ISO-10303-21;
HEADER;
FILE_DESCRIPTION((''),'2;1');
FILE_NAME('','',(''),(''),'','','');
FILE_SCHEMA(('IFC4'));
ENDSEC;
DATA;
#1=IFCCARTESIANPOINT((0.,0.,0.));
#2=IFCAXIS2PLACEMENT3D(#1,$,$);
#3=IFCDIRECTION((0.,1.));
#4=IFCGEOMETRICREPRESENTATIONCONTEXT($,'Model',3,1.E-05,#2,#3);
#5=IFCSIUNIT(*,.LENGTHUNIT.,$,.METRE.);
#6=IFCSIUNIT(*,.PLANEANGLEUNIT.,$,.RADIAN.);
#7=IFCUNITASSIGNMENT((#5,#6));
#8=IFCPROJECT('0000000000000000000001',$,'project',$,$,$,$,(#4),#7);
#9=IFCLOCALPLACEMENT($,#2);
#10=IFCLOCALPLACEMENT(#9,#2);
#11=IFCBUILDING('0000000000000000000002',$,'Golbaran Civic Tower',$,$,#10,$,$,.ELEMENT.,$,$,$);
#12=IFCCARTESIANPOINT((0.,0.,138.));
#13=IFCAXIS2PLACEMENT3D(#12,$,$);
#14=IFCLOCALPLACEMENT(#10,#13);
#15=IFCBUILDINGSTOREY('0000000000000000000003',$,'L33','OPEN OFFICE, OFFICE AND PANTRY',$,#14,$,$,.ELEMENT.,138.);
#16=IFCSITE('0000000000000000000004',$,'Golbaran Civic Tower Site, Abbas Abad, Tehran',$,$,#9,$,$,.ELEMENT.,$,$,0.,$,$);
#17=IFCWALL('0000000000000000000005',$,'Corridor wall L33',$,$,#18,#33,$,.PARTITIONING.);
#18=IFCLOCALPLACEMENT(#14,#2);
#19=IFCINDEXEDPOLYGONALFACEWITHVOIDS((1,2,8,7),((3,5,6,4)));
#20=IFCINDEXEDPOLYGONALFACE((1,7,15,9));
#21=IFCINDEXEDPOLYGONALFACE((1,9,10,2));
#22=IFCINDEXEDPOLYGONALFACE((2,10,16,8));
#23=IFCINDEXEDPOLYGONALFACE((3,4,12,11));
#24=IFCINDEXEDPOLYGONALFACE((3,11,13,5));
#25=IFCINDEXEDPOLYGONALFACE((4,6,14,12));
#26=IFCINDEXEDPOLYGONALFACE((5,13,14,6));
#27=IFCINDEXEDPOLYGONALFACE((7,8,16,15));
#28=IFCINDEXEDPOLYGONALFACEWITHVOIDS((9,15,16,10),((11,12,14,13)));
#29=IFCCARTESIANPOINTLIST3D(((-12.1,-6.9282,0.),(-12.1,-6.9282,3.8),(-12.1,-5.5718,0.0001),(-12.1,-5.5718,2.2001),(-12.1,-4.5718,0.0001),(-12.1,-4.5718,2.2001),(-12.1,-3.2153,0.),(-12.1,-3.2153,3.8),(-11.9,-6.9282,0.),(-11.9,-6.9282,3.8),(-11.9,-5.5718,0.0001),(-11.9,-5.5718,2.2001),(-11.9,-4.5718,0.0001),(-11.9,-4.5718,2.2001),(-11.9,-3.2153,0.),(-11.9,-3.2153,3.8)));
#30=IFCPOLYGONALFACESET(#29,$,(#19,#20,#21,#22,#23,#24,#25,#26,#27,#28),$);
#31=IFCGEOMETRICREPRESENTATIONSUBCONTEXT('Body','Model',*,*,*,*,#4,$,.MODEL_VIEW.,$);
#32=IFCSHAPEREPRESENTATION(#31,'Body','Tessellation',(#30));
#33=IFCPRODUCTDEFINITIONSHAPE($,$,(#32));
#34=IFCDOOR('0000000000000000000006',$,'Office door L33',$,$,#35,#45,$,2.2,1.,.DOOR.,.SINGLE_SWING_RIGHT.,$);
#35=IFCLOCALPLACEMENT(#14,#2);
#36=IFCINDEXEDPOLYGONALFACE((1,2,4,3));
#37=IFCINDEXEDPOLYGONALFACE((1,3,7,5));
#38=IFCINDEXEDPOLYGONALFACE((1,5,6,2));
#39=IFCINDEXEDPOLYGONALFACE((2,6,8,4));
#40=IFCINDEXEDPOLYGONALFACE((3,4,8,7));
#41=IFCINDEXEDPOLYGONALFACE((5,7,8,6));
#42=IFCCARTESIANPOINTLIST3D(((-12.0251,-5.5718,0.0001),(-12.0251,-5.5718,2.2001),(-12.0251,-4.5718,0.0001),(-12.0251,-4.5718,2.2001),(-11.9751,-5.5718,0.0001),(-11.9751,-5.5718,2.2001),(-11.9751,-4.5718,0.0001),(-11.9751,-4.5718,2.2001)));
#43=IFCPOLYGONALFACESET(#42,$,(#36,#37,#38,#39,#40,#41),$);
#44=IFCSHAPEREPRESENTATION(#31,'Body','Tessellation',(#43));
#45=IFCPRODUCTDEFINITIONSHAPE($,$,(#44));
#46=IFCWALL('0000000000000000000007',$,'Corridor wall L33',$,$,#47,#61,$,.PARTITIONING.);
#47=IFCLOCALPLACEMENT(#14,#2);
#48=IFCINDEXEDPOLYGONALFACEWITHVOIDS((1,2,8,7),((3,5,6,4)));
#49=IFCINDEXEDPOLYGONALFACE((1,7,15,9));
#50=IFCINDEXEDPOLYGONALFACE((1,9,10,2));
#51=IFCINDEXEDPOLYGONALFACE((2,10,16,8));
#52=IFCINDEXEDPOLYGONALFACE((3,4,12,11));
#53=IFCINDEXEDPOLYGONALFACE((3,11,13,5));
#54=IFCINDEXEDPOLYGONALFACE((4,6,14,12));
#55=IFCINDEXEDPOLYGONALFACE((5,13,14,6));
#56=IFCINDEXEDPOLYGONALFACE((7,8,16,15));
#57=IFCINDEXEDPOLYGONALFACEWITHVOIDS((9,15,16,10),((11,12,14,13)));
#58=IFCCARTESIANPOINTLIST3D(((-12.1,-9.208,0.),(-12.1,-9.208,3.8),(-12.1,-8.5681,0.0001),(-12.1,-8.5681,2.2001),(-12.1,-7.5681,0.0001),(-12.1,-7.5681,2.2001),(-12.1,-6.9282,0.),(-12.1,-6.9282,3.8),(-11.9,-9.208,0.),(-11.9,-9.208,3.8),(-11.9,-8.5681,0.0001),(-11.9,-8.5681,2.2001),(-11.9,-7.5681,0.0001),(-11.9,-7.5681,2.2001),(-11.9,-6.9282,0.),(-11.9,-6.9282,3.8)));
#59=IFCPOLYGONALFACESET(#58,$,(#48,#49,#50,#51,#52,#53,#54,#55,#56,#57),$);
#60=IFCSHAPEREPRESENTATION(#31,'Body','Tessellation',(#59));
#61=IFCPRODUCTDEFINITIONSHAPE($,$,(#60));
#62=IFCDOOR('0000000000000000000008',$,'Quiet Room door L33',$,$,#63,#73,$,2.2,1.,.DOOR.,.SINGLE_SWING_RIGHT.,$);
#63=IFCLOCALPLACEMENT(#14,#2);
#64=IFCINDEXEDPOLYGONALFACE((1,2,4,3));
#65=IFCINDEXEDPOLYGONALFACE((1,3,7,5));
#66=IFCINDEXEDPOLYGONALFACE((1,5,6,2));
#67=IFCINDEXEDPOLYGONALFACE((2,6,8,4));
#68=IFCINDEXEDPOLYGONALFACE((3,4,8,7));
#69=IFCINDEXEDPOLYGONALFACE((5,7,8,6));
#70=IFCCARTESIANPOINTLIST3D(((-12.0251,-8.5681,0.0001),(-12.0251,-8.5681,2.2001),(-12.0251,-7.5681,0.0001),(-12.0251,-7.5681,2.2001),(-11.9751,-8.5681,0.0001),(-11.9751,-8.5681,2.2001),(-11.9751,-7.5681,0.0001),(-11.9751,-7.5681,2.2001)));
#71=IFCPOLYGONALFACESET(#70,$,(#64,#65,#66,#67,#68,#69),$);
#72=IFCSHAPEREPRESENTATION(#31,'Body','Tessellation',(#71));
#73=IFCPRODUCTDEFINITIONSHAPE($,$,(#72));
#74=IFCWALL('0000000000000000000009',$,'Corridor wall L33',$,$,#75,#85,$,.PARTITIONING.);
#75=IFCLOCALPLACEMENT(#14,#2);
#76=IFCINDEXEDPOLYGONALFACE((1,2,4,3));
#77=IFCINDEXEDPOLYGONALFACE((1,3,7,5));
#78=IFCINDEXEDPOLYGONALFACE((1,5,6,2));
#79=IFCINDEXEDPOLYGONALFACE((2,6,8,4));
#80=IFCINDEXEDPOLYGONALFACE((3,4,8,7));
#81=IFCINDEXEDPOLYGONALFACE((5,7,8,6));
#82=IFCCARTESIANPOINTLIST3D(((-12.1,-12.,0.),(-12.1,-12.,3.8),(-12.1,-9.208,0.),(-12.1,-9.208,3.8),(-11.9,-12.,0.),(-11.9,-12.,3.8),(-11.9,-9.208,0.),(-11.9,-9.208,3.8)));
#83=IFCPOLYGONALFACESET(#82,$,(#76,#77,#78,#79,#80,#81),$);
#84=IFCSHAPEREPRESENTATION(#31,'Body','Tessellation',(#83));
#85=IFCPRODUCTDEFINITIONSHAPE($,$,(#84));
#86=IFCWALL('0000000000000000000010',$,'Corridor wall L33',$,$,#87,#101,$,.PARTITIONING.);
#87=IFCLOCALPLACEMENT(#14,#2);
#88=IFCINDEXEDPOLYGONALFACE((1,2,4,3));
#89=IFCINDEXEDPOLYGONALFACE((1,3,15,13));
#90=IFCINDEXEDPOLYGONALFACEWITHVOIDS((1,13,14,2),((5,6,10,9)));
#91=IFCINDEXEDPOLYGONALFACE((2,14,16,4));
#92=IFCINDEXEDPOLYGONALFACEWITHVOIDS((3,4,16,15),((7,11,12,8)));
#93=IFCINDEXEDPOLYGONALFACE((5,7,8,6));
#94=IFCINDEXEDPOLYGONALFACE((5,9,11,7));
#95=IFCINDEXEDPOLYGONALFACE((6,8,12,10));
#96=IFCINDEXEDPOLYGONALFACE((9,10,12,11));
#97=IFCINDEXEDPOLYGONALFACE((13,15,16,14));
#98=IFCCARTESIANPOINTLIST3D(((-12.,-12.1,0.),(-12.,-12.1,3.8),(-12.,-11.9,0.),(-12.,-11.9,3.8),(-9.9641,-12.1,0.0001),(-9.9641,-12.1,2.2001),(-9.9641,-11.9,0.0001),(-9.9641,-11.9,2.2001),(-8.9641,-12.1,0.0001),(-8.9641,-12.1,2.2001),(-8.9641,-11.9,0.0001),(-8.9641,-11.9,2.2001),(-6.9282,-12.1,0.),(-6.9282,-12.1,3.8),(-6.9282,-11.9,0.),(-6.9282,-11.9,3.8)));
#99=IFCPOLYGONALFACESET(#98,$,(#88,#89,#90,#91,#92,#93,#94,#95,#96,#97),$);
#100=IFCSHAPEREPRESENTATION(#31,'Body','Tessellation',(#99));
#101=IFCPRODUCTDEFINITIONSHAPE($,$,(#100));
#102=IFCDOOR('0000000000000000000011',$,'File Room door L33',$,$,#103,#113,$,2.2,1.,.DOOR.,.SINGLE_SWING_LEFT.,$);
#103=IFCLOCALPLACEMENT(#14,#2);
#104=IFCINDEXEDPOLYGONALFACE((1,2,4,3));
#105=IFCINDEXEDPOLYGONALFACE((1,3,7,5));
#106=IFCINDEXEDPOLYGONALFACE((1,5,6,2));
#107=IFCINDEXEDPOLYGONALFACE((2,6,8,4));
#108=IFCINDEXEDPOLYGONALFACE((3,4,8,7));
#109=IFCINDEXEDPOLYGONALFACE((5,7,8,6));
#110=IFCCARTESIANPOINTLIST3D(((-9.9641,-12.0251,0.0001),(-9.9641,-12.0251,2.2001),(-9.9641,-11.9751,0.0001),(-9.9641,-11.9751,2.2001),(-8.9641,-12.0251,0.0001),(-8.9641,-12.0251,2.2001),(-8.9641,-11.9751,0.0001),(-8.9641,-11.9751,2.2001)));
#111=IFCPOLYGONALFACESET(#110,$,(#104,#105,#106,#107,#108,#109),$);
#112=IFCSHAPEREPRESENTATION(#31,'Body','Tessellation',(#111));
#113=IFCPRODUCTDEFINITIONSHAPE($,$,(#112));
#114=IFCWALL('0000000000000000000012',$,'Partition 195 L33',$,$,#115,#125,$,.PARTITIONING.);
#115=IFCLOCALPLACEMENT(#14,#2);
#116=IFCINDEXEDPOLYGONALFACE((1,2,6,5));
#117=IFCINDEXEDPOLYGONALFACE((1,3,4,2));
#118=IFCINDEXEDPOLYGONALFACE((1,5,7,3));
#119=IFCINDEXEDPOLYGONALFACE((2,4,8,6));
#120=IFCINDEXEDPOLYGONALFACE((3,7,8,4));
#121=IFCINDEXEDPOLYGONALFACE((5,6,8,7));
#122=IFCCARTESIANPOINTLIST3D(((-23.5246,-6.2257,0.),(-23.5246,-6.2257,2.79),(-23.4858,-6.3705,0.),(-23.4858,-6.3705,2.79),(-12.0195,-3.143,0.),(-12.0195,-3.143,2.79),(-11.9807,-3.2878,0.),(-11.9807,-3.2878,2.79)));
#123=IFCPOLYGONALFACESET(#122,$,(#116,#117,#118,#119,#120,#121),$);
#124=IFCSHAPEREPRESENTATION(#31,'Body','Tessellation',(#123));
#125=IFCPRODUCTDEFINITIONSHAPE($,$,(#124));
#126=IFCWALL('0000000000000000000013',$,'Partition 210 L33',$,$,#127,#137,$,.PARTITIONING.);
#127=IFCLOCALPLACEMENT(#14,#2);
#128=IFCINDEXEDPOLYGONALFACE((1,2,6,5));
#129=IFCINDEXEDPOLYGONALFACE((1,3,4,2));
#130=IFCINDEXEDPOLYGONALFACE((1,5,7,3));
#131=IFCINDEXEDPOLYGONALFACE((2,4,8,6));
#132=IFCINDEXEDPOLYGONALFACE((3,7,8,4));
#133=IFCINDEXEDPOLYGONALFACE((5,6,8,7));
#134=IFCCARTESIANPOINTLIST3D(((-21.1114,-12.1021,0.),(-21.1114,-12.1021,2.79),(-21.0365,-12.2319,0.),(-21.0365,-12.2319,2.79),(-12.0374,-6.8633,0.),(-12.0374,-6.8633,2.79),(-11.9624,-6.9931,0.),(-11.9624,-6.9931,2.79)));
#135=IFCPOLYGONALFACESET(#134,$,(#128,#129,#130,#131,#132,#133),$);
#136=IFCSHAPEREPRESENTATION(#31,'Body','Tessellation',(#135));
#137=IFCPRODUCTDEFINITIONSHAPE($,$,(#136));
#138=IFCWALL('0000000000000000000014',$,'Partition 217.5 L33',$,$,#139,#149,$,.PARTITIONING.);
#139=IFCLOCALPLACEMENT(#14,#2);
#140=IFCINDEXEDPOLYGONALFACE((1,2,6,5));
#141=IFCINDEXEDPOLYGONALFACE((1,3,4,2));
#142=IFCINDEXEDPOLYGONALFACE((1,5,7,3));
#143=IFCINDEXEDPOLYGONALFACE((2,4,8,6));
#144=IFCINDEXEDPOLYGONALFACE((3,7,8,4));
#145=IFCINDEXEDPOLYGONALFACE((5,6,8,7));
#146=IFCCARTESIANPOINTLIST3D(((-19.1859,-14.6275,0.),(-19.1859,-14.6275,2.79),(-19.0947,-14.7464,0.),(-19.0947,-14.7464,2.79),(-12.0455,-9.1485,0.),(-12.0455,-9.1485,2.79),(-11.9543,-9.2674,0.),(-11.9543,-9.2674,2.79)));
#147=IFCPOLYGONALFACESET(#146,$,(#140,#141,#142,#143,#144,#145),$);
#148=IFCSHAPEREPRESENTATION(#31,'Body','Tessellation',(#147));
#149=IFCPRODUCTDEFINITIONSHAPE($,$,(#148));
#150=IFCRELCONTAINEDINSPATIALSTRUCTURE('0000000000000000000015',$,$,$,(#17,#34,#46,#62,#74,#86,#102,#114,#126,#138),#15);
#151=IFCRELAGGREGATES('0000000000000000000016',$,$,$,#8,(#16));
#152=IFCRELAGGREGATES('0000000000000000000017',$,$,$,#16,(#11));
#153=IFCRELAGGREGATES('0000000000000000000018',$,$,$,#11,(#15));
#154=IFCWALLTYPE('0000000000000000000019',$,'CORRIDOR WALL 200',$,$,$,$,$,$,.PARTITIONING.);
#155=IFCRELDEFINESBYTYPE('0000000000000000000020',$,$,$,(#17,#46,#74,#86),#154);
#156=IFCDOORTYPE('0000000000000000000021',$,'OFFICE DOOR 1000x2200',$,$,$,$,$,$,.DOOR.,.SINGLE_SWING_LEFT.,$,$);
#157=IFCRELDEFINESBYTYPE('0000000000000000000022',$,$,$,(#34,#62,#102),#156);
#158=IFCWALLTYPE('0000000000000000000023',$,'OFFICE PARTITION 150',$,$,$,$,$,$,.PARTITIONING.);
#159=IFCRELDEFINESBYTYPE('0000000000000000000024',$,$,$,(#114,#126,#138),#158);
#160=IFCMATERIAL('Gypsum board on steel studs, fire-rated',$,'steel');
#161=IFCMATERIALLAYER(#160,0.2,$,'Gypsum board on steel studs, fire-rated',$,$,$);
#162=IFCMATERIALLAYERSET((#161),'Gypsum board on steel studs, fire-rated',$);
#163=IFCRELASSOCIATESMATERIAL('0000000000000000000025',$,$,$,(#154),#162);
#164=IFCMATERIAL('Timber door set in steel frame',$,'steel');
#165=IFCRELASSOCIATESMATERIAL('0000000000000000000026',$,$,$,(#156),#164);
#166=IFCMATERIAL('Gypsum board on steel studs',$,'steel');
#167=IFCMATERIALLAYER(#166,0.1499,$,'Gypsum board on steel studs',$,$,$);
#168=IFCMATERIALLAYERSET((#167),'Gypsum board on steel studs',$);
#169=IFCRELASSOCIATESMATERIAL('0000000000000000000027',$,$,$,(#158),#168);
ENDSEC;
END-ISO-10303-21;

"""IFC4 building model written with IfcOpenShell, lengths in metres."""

from ifc_helpers import new_model, si_unit, direction, frame, frame_2d, origin, place, context, subcontext, project, spatial, rectangle, extrude, material, layer, layer_set, type_object, element, fill, save


model = new_model("IFC4")

# Units and contexts
model_context = context("Model", 3, precision=1e-05, world=origin(), true_north=direction((0.0, 1.0)))
body_context = subcontext(model_context, "Body", "Model", "MODEL_VIEW")
ifc_project = project(units=[si_unit("LENGTHUNIT", "METRE"), si_unit("PLANEANGLEUNIT", "RADIAN")], contexts=[model_context])

# Site, building, storey
site_placement = place(None, origin())
site = spatial("IfcSite", under=ifc_project, at=site_placement, Name="Golbaran Civic Tower Site, Abbas Abad, Tehran", CompositionType="ELEMENT", RefElevation=0.0)
building_placement = place(site_placement, origin())
building = spatial("IfcBuilding", under=site, at=building_placement, Name="Golbaran Civic Tower", CompositionType="ELEMENT")
storey_placement = place(building_placement, frame((0.0, 0.0, 138.0)))
storey = spatial("IfcBuildingStorey", under=building, at=storey_placement, Name="L33", Description="OPEN OFFICE, OFFICE AND PANTRY", CompositionType="ELEMENT", Elevation=138.0)

# Walls, openings, doors
ifc_material_1 = material(Name="Gypsum board on steel studs, fire-rated", Category="steel")
ifc_layer_1 = layer(ifc_material_1, 0.2, Name="Gypsum board on steel studs, fire-rated")
ifc_layer_set_1 = layer_set([ifc_layer_1], Name="Gypsum board on steel studs, fire-rated")
wall_type_1 = type_object("IfcWallType", Name="CORRIDOR WALL 200", PredefinedType="PARTITIONING", material=ifc_layer_set_1)
wall_1_placement = place(storey_placement, frame((-12.0, -3.2153, 0.0), z_axis=(0.0, 0.0, 1.0), x_axis=(0.0, -1.0, 0.0)))
wall_1 = element("IfcWall", 1, at=wall_1_placement, inside=storey, type_object=wall_type_1, Name="Corridor wall L33", PredefinedType="PARTITIONING", context=body_context, shape_type="SweptSolid", body=[
    extrude(rectangle(XDim=3.7129, YDim=0.2, at=frame_2d((1.8564, 0.0))), origin(), (0.0, 0.0, 1.0), 3.8),
])
opening_1_placement = place(wall_1_placement, frame((1.3564, 0.0, 0.0)))
opening_1 = element("IfcOpeningElement", 2, at=opening_1_placement, cuts=wall_1, PredefinedType="OPENING", context=body_context, shape_type="SweptSolid", body=[
    extrude(rectangle(XDim=1.0, YDim=2.2, at=frame_2d((0.5, 1.1001))), frame((0.0, 0.1099, 0.0), z_axis=(0.0, -1.0, 0.0), x_axis=(1.0, 0.0, 0.0)), (0.0, 0.0, 1.0), 0.22),
])
ifc_material_2 = material(Name="Timber door set in steel frame", Category="steel")
door_type_1 = type_object("IfcDoorType", Name="OFFICE DOOR 1000x2200", OperationType="SINGLE_SWING_LEFT", PredefinedType="DOOR", material=ifc_material_2)
door_1_placement = place(opening_1_placement, origin())
door_1 = element("IfcDoor", 3, at=door_1_placement, inside=storey, type_object=door_type_1, Name="Office door L33", OperationType="SINGLE_SWING_RIGHT", OverallHeight=2.2, OverallWidth=1.0, PredefinedType="DOOR", context=body_context, shape_type="SweptSolid", body=[
    extrude(rectangle(XDim=1.0, YDim=2.2, at=frame_2d((0.5, 1.1001))), frame((0.0, 0.0249, 0.0), z_axis=(0.0, -1.0, 0.0), x_axis=(1.0, 0.0, 0.0)), (0.0, 0.0, 1.0), 0.05),
])
fill(opening_1, door_1)
wall_2_placement = place(storey_placement, frame((-12.0, -6.9282, 0.0), z_axis=(0.0, 0.0, 1.0), x_axis=(0.0, -1.0, 0.0)))
wall_2 = element("IfcWall", 4, at=wall_2_placement, inside=storey, type_object=wall_type_1, Name="Corridor wall L33", PredefinedType="PARTITIONING", context=body_context, shape_type="SweptSolid", body=[
    extrude(rectangle(XDim=2.2798, YDim=0.2, at=frame_2d((1.1399, 0.0))), origin(), (0.0, 0.0, 1.0), 3.8),
])
opening_2_placement = place(wall_2_placement, frame((0.6399, 0.0, 0.0)))
opening_2 = element("IfcOpeningElement", 5, at=opening_2_placement, cuts=wall_2, PredefinedType="OPENING", context=body_context, shape_type="SweptSolid", body=[
    extrude(rectangle(XDim=1.0, YDim=2.2, at=frame_2d((0.5, 1.1001))), frame((0.0, 0.1099, 0.0), z_axis=(0.0, -1.0, 0.0), x_axis=(1.0, 0.0, 0.0)), (0.0, 0.0, 1.0), 0.22),
])
door_2_placement = place(opening_2_placement, origin())
door_2 = element("IfcDoor", 6, at=door_2_placement, inside=storey, type_object=door_type_1, Name="Quiet Room door L33", OperationType="SINGLE_SWING_RIGHT", OverallHeight=2.2, OverallWidth=1.0, PredefinedType="DOOR", context=body_context, shape_type="SweptSolid", body=[
    extrude(rectangle(XDim=1.0, YDim=2.2, at=frame_2d((0.5, 1.1001))), frame((0.0, 0.0249, 0.0), z_axis=(0.0, -1.0, 0.0), x_axis=(1.0, 0.0, 0.0)), (0.0, 0.0, 1.0), 0.05),
])
fill(opening_2, door_2)

# Wall
wall_3_placement = place(storey_placement, frame((-12.0, -9.208, 0.0), z_axis=(0.0, 0.0, 1.0), x_axis=(0.0, -1.0, 0.0)))
element("IfcWall", 7, at=wall_3_placement, inside=storey, type_object=wall_type_1, Name="Corridor wall L33", PredefinedType="PARTITIONING", context=body_context, shape_type="SweptSolid", body=[
    extrude(rectangle(XDim=2.792, YDim=0.2, at=frame_2d((1.396, 0.0))), origin(), (0.0, 0.0, 1.0), 3.8),
])

# Wall, opening, door
wall_4_placement = place(storey_placement, frame((-12.0, -12.0, 0.0), z_axis=(0.0, 0.0, 1.0), x_axis=(1.0, 0.0, 0.0)))
wall_4 = element("IfcWall", 8, at=wall_4_placement, inside=storey, type_object=wall_type_1, Name="Corridor wall L33", PredefinedType="PARTITIONING", context=body_context, shape_type="SweptSolid", body=[
    extrude(rectangle(XDim=5.0718, YDim=0.2, at=frame_2d((2.5359, 0.0))), origin(), (0.0, 0.0, 1.0), 3.8),
])
opening_3_placement = place(wall_4_placement, frame((2.0359, 0.0, 0.0)))
opening_3 = element("IfcOpeningElement", 9, at=opening_3_placement, cuts=wall_4, PredefinedType="OPENING", context=body_context, shape_type="SweptSolid", body=[
    extrude(rectangle(XDim=1.0, YDim=2.2, at=frame_2d((0.5, 1.1001))), frame((0.0, 0.1099, 0.0), z_axis=(0.0, -1.0, 0.0), x_axis=(1.0, 0.0, 0.0)), (0.0, 0.0, 1.0), 0.22),
])
door_3_placement = place(opening_3_placement, origin())
door_3 = element("IfcDoor", 10, at=door_3_placement, inside=storey, type_object=door_type_1, Name="File Room door L33", OperationType="SINGLE_SWING_LEFT", OverallHeight=2.2, OverallWidth=1.0, PredefinedType="DOOR", context=body_context, shape_type="SweptSolid", body=[
    extrude(rectangle(XDim=1.0, YDim=2.2, at=frame_2d((0.5, 1.1001))), frame((0.0, 0.0249, 0.0), z_axis=(0.0, -1.0, 0.0), x_axis=(1.0, 0.0, 0.0)), (0.0, 0.0, 1.0), 0.05),
])
fill(opening_3, door_3)

# Walls
ifc_material_3 = material(Name="Gypsum board on steel studs", Category="steel")
ifc_layer_2 = layer(ifc_material_3, 0.1499, Name="Gypsum board on steel studs")
ifc_layer_set_2 = layer_set([ifc_layer_2], Name="Gypsum board on steel studs")
wall_type_2 = type_object("IfcWallType", Name="OFFICE PARTITION 150", PredefinedType="PARTITIONING", material=ifc_layer_set_2)
wall_5_placement = place(storey_placement, frame((-12.0, -3.2153, 0.0), z_axis=(0.0, 0.0, 1.0), x_axis=(-0.965926, -0.258817, 0.0)))
element("IfcWall", 11, at=wall_5_placement, inside=storey, type_object=wall_type_2, Name="Partition 195 L33", PredefinedType="PARTITIONING", context=body_context, shape_type="SweptSolid", body=[
    extrude(rectangle(XDim=11.9109, YDim=0.1499, at=frame_2d((5.9556, 0.0))), origin(), (0.0, 0.0, 1.0), 2.79),
])
wall_6_placement = place(storey_placement, frame((-12.0, -6.9282, 0.0), z_axis=(0.0, 0.0, 1.0), x_axis=(-0.866029, -0.499993, 0.0)))
element("IfcWall", 12, at=wall_6_placement, inside=storey, type_object=wall_type_2, Name="Partition 210 L33", PredefinedType="PARTITIONING", context=body_context, shape_type="SweptSolid", body=[
    extrude(rectangle(XDim=10.4778, YDim=0.1499, at=frame_2d((5.2388, 0.0))), origin(), (0.0, 0.0, 1.0), 2.79),
])
wall_7_placement = place(storey_placement, frame((-12.0, -9.208, 0.0), z_axis=(0.0, 0.0, 1.0), x_axis=(-0.793354, -0.608761, 0.0)))
element("IfcWall", 13, at=wall_7_placement, inside=storey, type_object=wall_type_2, Name="Partition 217.5 L33", PredefinedType="PARTITIONING", context=body_context, shape_type="SweptSolid", body=[
    extrude(rectangle(XDim=9.0002, YDim=0.1499, at=frame_2d((4.5, 0.0))), origin(), (0.0, 0.0, 1.0), 2.79),
])

save(model, "model.ifc")
